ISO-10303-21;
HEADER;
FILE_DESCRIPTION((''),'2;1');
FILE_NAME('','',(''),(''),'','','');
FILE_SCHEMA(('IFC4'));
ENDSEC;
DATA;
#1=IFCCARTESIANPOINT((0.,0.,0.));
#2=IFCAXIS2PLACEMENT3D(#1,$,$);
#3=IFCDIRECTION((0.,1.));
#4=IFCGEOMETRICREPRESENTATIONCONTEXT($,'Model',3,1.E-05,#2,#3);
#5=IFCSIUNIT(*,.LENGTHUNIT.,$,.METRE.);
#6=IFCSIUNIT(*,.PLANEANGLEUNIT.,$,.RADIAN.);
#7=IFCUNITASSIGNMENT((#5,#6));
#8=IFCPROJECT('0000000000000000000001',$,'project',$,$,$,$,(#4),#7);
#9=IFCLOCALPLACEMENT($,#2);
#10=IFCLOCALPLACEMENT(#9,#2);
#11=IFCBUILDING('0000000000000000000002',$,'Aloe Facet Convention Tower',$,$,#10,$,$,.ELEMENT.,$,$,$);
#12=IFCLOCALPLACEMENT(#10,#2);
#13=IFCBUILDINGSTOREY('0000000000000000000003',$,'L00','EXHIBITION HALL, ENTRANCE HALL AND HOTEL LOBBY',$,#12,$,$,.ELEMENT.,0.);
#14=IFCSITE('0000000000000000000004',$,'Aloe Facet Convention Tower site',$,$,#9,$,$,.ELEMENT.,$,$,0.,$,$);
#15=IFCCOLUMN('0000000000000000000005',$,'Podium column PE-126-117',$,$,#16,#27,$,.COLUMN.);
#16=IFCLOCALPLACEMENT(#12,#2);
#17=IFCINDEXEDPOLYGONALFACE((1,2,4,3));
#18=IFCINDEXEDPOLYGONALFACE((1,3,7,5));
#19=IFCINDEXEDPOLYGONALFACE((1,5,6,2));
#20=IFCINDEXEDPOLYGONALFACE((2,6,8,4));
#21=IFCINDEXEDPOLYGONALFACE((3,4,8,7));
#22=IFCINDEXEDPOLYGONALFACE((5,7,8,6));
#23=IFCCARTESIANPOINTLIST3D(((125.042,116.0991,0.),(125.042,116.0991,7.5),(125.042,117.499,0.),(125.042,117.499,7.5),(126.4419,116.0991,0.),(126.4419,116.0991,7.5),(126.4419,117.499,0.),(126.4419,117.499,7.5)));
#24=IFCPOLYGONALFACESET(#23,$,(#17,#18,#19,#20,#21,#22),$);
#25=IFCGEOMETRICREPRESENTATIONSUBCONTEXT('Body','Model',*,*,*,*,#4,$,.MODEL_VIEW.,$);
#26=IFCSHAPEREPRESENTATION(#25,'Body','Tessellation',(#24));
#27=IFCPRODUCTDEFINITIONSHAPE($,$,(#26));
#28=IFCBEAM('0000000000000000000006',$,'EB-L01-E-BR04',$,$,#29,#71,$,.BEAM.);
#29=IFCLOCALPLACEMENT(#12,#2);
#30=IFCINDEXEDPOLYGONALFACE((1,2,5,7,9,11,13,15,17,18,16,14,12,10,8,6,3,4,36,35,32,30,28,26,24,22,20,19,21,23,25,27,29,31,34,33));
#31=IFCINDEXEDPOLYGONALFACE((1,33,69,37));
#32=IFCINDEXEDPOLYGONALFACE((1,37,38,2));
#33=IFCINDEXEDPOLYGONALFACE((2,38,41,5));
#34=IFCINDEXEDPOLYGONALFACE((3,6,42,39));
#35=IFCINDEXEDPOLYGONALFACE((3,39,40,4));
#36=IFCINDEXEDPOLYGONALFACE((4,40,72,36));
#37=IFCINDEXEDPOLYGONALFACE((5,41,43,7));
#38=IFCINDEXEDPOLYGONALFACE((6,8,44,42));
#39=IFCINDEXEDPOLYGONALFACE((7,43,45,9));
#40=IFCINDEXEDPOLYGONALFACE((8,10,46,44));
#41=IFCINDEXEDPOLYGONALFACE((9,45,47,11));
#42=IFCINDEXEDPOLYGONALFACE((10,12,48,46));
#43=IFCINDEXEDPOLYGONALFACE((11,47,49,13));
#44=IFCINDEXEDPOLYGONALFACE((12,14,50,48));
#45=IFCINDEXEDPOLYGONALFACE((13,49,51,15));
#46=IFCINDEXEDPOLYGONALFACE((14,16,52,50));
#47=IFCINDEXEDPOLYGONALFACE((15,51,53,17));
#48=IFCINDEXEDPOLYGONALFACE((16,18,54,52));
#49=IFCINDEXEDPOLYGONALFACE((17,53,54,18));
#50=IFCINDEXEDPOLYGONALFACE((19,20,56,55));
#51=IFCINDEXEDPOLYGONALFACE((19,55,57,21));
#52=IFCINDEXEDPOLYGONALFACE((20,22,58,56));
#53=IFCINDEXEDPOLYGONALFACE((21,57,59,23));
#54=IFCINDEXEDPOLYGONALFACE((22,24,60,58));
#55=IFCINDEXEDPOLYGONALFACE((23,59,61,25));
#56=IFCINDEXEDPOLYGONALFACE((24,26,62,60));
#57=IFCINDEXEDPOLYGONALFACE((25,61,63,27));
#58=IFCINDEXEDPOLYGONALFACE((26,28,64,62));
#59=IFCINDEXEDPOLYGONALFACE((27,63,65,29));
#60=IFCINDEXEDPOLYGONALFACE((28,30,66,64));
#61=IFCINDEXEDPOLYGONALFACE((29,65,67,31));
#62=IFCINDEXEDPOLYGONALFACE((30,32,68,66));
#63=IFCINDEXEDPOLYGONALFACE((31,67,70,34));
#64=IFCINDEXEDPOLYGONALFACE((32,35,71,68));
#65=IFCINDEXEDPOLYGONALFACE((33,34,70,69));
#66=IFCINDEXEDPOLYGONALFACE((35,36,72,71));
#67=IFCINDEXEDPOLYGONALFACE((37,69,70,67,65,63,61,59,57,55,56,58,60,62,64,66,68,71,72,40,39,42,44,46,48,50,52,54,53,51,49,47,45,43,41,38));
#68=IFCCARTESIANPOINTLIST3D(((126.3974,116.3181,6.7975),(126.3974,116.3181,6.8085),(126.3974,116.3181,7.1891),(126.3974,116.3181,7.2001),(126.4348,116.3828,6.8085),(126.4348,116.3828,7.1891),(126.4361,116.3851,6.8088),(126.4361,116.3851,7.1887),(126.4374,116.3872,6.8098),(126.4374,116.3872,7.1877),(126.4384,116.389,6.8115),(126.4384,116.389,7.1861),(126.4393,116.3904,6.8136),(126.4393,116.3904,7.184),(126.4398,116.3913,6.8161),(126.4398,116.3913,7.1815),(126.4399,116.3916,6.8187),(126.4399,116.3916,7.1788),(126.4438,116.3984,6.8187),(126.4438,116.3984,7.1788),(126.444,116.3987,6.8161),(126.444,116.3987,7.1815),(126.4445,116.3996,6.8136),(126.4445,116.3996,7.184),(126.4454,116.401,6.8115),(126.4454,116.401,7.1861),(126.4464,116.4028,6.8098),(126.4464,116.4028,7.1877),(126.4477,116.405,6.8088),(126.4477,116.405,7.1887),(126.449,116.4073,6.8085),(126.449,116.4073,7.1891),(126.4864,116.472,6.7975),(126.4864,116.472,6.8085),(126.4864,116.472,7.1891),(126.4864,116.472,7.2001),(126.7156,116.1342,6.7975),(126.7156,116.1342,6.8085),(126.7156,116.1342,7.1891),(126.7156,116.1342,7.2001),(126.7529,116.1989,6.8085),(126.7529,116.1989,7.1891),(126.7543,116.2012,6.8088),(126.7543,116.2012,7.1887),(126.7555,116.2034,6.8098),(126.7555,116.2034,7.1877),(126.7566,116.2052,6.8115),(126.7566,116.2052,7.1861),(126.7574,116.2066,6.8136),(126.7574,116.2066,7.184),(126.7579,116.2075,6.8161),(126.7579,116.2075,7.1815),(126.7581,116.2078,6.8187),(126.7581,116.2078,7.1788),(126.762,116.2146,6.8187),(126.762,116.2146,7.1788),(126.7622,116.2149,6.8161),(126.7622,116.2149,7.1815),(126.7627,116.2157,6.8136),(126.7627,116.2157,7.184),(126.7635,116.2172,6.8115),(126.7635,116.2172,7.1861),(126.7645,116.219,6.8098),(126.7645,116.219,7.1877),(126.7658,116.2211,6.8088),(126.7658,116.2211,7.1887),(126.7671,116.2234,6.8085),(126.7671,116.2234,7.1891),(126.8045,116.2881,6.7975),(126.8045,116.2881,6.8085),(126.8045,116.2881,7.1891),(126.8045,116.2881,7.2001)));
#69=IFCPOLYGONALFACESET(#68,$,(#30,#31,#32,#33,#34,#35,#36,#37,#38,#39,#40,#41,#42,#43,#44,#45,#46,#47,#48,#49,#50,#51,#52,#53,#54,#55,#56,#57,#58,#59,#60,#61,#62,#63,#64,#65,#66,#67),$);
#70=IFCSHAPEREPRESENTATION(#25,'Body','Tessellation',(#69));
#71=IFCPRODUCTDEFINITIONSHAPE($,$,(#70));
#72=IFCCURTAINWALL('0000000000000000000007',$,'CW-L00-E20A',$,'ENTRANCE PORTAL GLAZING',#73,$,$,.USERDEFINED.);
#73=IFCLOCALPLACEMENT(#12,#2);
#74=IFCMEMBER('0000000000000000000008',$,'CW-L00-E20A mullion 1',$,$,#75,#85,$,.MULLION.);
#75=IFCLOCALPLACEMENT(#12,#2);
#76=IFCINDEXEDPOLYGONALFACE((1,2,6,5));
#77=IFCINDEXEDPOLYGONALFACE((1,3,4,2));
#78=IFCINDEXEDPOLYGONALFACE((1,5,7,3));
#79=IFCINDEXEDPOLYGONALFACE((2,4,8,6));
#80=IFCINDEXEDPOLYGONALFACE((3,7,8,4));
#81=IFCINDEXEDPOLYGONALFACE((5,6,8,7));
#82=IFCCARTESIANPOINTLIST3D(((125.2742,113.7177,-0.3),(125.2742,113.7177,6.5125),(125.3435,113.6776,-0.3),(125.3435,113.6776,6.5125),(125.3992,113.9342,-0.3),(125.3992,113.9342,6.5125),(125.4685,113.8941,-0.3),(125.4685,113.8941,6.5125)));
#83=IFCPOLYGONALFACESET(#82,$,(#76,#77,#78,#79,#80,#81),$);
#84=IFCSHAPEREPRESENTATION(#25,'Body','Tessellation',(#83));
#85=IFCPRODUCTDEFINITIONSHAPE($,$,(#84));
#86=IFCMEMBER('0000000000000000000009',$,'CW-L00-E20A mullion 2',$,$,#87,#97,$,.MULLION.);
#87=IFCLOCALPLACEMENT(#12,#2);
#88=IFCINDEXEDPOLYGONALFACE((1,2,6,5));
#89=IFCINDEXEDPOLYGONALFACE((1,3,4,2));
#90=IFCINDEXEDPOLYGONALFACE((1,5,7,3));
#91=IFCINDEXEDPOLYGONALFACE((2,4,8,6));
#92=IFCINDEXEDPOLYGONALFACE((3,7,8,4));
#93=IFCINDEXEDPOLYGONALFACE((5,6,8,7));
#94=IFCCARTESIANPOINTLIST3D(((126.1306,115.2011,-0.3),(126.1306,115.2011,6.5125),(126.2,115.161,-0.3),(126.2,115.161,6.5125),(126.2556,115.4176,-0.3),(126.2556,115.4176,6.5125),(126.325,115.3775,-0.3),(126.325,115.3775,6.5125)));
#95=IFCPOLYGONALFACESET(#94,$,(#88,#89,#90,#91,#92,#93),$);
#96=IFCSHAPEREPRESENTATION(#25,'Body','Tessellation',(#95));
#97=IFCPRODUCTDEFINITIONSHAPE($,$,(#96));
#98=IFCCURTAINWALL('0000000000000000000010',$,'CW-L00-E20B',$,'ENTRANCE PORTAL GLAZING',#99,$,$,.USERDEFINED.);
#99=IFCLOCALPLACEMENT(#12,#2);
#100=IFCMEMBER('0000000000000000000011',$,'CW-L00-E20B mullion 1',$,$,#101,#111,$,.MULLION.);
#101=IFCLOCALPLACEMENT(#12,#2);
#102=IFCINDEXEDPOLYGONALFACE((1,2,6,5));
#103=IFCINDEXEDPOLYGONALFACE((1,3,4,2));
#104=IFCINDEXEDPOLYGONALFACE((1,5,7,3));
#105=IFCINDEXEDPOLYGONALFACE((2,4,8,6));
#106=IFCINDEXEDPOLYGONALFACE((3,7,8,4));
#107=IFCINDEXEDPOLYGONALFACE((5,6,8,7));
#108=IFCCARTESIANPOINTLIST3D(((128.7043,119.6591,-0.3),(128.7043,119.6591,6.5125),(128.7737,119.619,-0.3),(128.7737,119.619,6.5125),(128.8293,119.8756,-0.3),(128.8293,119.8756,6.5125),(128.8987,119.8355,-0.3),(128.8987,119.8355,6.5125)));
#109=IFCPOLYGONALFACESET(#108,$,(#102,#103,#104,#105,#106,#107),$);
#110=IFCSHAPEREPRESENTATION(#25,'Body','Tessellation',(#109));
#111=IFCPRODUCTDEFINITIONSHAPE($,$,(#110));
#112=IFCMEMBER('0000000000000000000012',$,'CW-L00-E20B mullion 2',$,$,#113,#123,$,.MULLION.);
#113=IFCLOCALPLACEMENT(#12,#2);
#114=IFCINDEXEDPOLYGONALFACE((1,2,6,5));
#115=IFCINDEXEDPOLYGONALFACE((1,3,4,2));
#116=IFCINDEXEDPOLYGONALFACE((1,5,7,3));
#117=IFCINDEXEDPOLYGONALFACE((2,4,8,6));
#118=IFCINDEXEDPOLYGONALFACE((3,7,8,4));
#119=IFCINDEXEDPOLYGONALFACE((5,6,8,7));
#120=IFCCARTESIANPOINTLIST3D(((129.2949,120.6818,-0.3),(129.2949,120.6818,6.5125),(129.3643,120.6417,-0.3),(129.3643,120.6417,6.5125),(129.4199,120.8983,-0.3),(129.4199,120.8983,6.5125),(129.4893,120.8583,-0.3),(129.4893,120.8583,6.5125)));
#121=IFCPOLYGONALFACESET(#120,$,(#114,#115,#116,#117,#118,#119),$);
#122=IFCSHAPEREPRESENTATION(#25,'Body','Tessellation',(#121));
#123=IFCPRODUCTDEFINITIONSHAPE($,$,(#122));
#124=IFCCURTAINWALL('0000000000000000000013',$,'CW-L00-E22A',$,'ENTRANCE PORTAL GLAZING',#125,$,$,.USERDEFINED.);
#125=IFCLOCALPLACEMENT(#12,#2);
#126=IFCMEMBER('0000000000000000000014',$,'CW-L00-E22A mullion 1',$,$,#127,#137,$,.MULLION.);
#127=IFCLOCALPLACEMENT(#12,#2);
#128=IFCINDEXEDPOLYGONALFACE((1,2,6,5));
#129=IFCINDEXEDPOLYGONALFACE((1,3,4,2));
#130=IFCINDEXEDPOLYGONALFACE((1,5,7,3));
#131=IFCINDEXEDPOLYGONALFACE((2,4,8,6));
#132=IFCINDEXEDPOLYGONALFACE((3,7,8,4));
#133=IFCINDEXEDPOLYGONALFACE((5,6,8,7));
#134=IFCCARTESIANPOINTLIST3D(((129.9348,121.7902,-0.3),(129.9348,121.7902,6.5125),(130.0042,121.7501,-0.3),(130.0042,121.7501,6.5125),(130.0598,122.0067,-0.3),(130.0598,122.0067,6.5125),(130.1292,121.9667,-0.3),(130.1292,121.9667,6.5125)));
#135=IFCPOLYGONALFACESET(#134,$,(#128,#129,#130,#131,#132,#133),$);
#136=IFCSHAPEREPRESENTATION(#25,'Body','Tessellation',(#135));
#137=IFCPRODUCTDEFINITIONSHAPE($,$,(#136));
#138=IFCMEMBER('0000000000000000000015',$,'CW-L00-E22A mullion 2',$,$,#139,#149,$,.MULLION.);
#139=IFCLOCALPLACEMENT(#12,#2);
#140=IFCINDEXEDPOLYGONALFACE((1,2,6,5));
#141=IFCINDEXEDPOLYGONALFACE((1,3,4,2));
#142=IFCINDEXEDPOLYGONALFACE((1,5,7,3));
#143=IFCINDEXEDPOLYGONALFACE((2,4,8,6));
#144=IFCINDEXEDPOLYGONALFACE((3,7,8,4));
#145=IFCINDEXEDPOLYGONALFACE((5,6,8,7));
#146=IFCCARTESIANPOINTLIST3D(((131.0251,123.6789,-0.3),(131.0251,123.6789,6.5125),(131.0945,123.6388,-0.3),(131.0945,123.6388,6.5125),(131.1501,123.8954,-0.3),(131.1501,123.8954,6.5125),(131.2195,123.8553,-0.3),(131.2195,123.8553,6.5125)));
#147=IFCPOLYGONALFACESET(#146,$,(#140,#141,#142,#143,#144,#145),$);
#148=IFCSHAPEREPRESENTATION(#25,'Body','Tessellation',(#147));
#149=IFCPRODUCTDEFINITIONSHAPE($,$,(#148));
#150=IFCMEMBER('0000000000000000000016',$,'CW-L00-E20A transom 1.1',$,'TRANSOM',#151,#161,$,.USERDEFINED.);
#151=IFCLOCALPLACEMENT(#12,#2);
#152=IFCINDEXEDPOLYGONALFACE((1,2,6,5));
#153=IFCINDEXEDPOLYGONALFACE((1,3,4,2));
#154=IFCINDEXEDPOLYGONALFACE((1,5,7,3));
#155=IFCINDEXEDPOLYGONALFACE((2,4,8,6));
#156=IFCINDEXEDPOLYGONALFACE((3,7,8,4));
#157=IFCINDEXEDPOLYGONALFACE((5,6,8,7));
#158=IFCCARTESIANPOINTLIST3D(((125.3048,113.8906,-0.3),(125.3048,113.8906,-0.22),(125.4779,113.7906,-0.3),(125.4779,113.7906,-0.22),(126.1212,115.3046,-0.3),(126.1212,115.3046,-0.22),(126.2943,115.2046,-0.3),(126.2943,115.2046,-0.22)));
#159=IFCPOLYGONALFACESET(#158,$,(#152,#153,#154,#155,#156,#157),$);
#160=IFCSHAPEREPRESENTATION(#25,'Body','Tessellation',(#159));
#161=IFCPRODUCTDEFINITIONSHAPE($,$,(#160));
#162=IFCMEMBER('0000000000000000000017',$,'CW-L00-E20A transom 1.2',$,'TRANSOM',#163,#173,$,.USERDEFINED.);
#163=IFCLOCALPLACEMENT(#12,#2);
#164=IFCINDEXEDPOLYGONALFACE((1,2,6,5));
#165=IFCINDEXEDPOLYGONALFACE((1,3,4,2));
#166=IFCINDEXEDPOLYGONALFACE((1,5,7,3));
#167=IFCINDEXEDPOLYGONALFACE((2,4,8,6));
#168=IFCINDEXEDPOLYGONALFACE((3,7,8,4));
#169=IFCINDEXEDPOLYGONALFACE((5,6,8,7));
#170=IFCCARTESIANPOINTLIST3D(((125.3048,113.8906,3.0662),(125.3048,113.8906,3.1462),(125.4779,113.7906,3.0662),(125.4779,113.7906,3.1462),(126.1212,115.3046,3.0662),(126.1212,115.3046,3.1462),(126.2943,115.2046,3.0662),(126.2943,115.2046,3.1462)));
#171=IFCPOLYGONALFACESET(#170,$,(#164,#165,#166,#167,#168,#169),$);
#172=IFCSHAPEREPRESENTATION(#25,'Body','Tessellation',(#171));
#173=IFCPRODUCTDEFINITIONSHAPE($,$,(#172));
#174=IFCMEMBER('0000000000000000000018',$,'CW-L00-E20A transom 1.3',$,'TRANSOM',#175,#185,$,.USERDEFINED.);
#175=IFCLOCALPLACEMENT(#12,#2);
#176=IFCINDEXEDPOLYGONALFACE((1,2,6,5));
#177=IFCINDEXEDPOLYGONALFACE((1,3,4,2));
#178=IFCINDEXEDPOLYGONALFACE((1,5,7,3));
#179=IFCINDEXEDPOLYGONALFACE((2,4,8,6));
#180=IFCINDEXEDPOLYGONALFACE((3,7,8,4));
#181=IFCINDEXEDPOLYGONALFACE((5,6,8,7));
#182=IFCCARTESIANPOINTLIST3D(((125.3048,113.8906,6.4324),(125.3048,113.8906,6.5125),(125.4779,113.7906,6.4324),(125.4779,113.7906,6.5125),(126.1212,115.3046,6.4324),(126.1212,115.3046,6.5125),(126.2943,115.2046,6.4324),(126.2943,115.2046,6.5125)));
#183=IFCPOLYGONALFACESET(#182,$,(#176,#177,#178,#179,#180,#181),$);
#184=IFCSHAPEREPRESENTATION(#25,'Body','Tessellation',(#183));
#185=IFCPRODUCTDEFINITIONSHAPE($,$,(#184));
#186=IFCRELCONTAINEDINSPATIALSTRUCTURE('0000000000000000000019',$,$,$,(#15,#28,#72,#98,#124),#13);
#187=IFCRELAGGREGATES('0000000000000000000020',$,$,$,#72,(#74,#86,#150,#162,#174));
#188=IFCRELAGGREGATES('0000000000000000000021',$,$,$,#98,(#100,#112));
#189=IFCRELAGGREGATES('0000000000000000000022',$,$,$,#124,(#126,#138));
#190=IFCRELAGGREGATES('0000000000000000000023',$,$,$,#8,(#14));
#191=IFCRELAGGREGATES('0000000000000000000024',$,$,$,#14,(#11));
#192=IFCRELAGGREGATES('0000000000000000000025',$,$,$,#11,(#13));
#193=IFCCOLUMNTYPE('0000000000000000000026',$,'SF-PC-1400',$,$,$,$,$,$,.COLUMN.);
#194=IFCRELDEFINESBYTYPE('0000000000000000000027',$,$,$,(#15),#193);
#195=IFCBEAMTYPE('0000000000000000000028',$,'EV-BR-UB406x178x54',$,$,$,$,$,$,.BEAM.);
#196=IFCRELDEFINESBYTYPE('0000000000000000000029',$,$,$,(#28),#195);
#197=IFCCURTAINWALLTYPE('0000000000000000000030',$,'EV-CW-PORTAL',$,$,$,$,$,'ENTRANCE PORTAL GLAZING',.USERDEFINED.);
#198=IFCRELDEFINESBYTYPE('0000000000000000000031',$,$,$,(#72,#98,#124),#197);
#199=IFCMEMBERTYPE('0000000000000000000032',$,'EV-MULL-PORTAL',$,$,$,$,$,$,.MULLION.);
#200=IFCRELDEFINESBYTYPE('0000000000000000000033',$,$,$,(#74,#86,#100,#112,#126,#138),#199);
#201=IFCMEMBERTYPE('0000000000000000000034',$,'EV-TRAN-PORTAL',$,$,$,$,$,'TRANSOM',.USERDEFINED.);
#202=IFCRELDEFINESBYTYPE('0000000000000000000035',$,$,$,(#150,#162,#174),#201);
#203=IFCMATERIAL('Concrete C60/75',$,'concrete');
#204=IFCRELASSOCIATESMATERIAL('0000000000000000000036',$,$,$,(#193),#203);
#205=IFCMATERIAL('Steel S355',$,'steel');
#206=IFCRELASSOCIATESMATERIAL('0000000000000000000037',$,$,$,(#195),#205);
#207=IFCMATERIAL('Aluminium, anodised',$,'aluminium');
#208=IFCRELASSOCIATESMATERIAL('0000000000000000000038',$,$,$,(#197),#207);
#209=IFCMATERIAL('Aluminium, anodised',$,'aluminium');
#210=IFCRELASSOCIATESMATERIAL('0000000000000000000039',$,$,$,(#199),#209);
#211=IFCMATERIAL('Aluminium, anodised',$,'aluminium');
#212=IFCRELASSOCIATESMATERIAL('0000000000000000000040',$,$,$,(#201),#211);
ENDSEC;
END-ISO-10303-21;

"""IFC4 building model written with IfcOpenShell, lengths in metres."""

from ifc_helpers import new_model, si_unit, direction, frame, origin, origin_2d, place, context, subcontext, project, spatial, rectangle, i_section, extrude, material, material_profile, profile_set, type_object, element, aggregate, save


model = new_model("IFC4")

# Units and contexts
model_context = context("Model", 3, precision=1e-05, world=origin(), true_north=direction((0.0, 1.0)))
body_context = subcontext(model_context, "Body", "Model", "MODEL_VIEW")
ifc_project = project(units=[si_unit("LENGTHUNIT", "METRE"), si_unit("PLANEANGLEUNIT", "RADIAN")], contexts=[model_context])

# Site, building, storey
site_placement = place(None, origin())
site = spatial("IfcSite", under=ifc_project, at=site_placement, Name="Aloe Facet Convention Tower site", CompositionType="ELEMENT", RefElevation=0.0)
building_placement = place(site_placement, origin())
building = spatial("IfcBuilding", under=site, at=building_placement, Name="Aloe Facet Convention Tower", CompositionType="ELEMENT")
storey_placement = place(building_placement, origin())
storey = spatial("IfcBuildingStorey", under=building, at=storey_placement, Name="L00", Description="EXHIBITION HALL, ENTRANCE HALL AND HOTEL LOBBY", CompositionType="ELEMENT", Elevation=0.0)

# Column
ifc_material_1 = material(Name="Concrete C60/75", Category="concrete")
ifc_material_profile_1 = material_profile(ifc_material_1, rectangle(XDim=1.3999, YDim=1.3999, at=origin_2d()), Name="SF-PC-1400")
ifc_profile_set_1 = profile_set([ifc_material_profile_1], Name="Concrete C60/75")
column_type = type_object("IfcColumnType", Name="SF-PC-1400", PredefinedType="COLUMN", material=ifc_profile_set_1)
column_placement = place(storey_placement, frame((125.7419, 116.7991, 0.0), z_axis=(0.0, 0.0, 1.0), x_axis=(1.0, 0.0, 0.0)))
element("IfcColumn", 1, at=column_placement, inside=storey, type_object=column_type, Name="Podium column PE-126-117", PredefinedType="COLUMN", context=body_context, shape_type="SweptSolid", body=[
    extrude(rectangle(XDim=1.3999, YDim=1.3999, at=origin_2d()), origin(), (0.0, 0.0, 1.0), 7.5),
])

# Beam
ifc_material_2 = material(Name="Steel S355", Category="steel")
ifc_material_profile_2 = material_profile(ifc_material_2, i_section(OverallWidth=0.1777, OverallDepth=0.4026, WebThickness=0.0078, FlangeThickness=0.011, FilletRadius=0.0103, at=origin_2d()), Name="UB 406x178x54")
ifc_profile_set_2 = profile_set([ifc_material_profile_2], Name="Steel S355")
beam_type_1 = type_object("IfcBeamType", Name="EV-BR-UB406x178x54", PredefinedType="BEAM", material=ifc_profile_set_2)
beam_1_placement = place(storey_placement, frame((126.4419, 116.395, 6.9988), z_axis=(0.86582, -0.500355, 0.0), x_axis=(0.500355, 0.86582, 0.0)))
element("IfcBeam", 2, at=beam_1_placement, inside=storey, type_object=beam_type_1, Name="EB-L01-E-BR04", PredefinedType="BEAM", context=body_context, shape_type="SweptSolid", body=[
    extrude(i_section(OverallWidth=0.1777, OverallDepth=0.4026, WebThickness=0.0078, FlangeThickness=0.011, FilletRadius=0.0103, at=origin_2d()), origin(), (0.0, 0.0, 1.0), 0.3674),
])

# Curtain walls, members
ifc_material_3 = material(Name="Aluminium, anodised", Category="aluminium")
curtain_wall_type = type_object("IfcCurtainWallType", Name="EV-CW-PORTAL", ElementType="ENTRANCE PORTAL GLAZING", PredefinedType="USERDEFINED", material=ifc_material_3)
curtain_wall_1_placement = place(storey_placement, origin())
curtain_wall_1 = element("IfcCurtainWall", 3, at=curtain_wall_1_placement, inside=storey, type_object=curtain_wall_type, Name="CW-L00-E20A", ObjectType="ENTRANCE PORTAL GLAZING", PredefinedType="USERDEFINED")
ifc_material_4 = material(Name="Aluminium, anodised", Category="aluminium")
ifc_material_profile_3 = material_profile(ifc_material_4, rectangle(XDim=0.0801, YDim=0.25, at=origin_2d()), Name="AL 80x250")
ifc_profile_set_3 = profile_set([ifc_material_profile_3], Name="Aluminium, anodised")
member_type_1 = type_object("IfcMemberType", Name="EV-MULL-PORTAL", PredefinedType="MULLION", material=ifc_profile_set_3)
member_1_placement = place(storey_placement, frame((125.3713, 113.8059, -0.3), z_axis=(0.0, 0.0, 1.0), x_axis=(-0.866025, 0.5, 0.0)))
member_1 = element("IfcMember", 4, at=member_1_placement, type_object=member_type_1, Name="CW-L00-E20A mullion 1", PredefinedType="MULLION", context=body_context, shape_type="SweptSolid", body=[
    extrude(rectangle(XDim=0.0801, YDim=0.25, at=origin_2d()), origin(), (0.0, 0.0, 1.0), 6.8125),
])
member_2_placement = place(storey_placement, frame((126.2278, 115.2893, -0.3), z_axis=(0.0, 0.0, 1.0), x_axis=(-0.866025, 0.5, 0.0)))
member_2 = element("IfcMember", 5, at=member_2_placement, type_object=member_type_1, Name="CW-L00-E20A mullion 2", PredefinedType="MULLION", context=body_context, shape_type="SweptSolid", body=[
    extrude(rectangle(XDim=0.0801, YDim=0.25, at=origin_2d()), origin(), (0.0, 0.0, 1.0), 6.8125),
])
curtain_wall_2_placement = place(storey_placement, origin())
curtain_wall_2 = element("IfcCurtainWall", 6, at=curtain_wall_2_placement, inside=storey, type_object=curtain_wall_type, Name="CW-L00-E20B", ObjectType="ENTRANCE PORTAL GLAZING", PredefinedType="USERDEFINED")
member_3_placement = place(storey_placement, frame((128.8015, 119.7473, -0.3), z_axis=(0.0, 0.0, 1.0), x_axis=(-0.866025, 0.5, 0.0)))
member_3 = element("IfcMember", 7, at=member_3_placement, type_object=member_type_1, Name="CW-L00-E20B mullion 1", PredefinedType="MULLION", context=body_context, shape_type="SweptSolid", body=[
    extrude(rectangle(XDim=0.0801, YDim=0.25, at=origin_2d()), origin(), (0.0, 0.0, 1.0), 6.8125),
])
member_4_placement = place(storey_placement, frame((129.3921, 120.77, -0.3), z_axis=(0.0, 0.0, 1.0), x_axis=(-0.866025, 0.5, 0.0)))
member_4 = element("IfcMember", 8, at=member_4_placement, type_object=member_type_1, Name="CW-L00-E20B mullion 2", PredefinedType="MULLION", context=body_context, shape_type="SweptSolid", body=[
    extrude(rectangle(XDim=0.0801, YDim=0.25, at=origin_2d()), origin(), (0.0, 0.0, 1.0), 6.8125),
])
curtain_wall_3_placement = place(storey_placement, origin())
curtain_wall_3 = element("IfcCurtainWall", 9, at=curtain_wall_3_placement, inside=storey, type_object=curtain_wall_type, Name="CW-L00-E22A", ObjectType="ENTRANCE PORTAL GLAZING", PredefinedType="USERDEFINED")
member_5_placement = place(storey_placement, frame((130.032, 121.8784, -0.3), z_axis=(0.0, 0.0, 1.0), x_axis=(-0.866025, 0.5, 0.0)))
member_5 = element("IfcMember", 10, at=member_5_placement, type_object=member_type_1, Name="CW-L00-E22A mullion 1", PredefinedType="MULLION", context=body_context, shape_type="SweptSolid", body=[
    extrude(rectangle(XDim=0.0801, YDim=0.25, at=origin_2d()), origin(), (0.0, 0.0, 1.0), 6.8125),
])
member_6_placement = place(storey_placement, frame((131.1223, 123.7671, -0.3), z_axis=(0.0, 0.0, 1.0), x_axis=(-0.866025, 0.5, 0.0)))
member_6 = element("IfcMember", 11, at=member_6_placement, type_object=member_type_1, Name="CW-L00-E22A mullion 2", PredefinedType="MULLION", context=body_context, shape_type="SweptSolid", body=[
    extrude(rectangle(XDim=0.0801, YDim=0.25, at=origin_2d()), origin(), (0.0, 0.0, 1.0), 6.8125),
])

# Members
ifc_material_5 = material(Name="Aluminium, anodised", Category="aluminium")
ifc_material_profile_4 = material_profile(ifc_material_5, rectangle(XDim=0.2, YDim=0.0801, at=origin_2d()), Name="AL 200x80")
ifc_profile_set_4 = profile_set([ifc_material_profile_4], Name="Aluminium, anodised")
member_type_2 = type_object("IfcMemberType", Name="EV-TRAN-PORTAL", ElementType="TRANSOM", PredefinedType="USERDEFINED", material=ifc_profile_set_4)
member_7_placement = place(storey_placement, frame((125.3914, 113.8406, -0.26), z_axis=(0.499999, 0.866026, 0.0), x_axis=(-0.866026, 0.499999, 0.0)))
member_7 = element("IfcMember", 12, at=member_7_placement, type_object=member_type_2, Name="CW-L00-E20A transom 1.1", ObjectType="TRANSOM", PredefinedType="USERDEFINED", context=body_context, shape_type="SweptSolid", body=[
    extrude(rectangle(XDim=0.2, YDim=0.0801, at=origin_2d()), origin(), (0.0, 0.0, 1.0), 1.6328),
])
member_8_placement = place(storey_placement, frame((125.3914, 113.8406, 3.1062), z_axis=(0.499999, 0.866026, 0.0), x_axis=(-0.866026, 0.499999, 0.0)))
member_8 = element("IfcMember", 13, at=member_8_placement, type_object=member_type_2, Name="CW-L00-E20A transom 1.2", ObjectType="TRANSOM", PredefinedType="USERDEFINED", context=body_context, shape_type="SweptSolid", body=[
    extrude(rectangle(XDim=0.2, YDim=0.0801, at=origin_2d()), origin(), (0.0, 0.0, 1.0), 1.6328),
])
member_9_placement = place(storey_placement, frame((125.3914, 113.8406, 6.4724), z_axis=(0.499999, 0.866026, 0.0), x_axis=(-0.866026, 0.499999, 0.0)))
member_9 = element("IfcMember", 14, at=member_9_placement, type_object=member_type_2, Name="CW-L00-E20A transom 1.3", ObjectType="TRANSOM", PredefinedType="USERDEFINED", context=body_context, shape_type="SweptSolid", body=[
    extrude(rectangle(XDim=0.2, YDim=0.0801, at=origin_2d()), origin(), (0.0, 0.0, 1.0), 1.6328),
])

aggregate(curtain_wall_1, [member_1, member_2, member_7, member_8, member_9])
aggregate(curtain_wall_2, [member_3, member_4])
aggregate(curtain_wall_3, [member_5, member_6])

save(model, "model.ifc")
